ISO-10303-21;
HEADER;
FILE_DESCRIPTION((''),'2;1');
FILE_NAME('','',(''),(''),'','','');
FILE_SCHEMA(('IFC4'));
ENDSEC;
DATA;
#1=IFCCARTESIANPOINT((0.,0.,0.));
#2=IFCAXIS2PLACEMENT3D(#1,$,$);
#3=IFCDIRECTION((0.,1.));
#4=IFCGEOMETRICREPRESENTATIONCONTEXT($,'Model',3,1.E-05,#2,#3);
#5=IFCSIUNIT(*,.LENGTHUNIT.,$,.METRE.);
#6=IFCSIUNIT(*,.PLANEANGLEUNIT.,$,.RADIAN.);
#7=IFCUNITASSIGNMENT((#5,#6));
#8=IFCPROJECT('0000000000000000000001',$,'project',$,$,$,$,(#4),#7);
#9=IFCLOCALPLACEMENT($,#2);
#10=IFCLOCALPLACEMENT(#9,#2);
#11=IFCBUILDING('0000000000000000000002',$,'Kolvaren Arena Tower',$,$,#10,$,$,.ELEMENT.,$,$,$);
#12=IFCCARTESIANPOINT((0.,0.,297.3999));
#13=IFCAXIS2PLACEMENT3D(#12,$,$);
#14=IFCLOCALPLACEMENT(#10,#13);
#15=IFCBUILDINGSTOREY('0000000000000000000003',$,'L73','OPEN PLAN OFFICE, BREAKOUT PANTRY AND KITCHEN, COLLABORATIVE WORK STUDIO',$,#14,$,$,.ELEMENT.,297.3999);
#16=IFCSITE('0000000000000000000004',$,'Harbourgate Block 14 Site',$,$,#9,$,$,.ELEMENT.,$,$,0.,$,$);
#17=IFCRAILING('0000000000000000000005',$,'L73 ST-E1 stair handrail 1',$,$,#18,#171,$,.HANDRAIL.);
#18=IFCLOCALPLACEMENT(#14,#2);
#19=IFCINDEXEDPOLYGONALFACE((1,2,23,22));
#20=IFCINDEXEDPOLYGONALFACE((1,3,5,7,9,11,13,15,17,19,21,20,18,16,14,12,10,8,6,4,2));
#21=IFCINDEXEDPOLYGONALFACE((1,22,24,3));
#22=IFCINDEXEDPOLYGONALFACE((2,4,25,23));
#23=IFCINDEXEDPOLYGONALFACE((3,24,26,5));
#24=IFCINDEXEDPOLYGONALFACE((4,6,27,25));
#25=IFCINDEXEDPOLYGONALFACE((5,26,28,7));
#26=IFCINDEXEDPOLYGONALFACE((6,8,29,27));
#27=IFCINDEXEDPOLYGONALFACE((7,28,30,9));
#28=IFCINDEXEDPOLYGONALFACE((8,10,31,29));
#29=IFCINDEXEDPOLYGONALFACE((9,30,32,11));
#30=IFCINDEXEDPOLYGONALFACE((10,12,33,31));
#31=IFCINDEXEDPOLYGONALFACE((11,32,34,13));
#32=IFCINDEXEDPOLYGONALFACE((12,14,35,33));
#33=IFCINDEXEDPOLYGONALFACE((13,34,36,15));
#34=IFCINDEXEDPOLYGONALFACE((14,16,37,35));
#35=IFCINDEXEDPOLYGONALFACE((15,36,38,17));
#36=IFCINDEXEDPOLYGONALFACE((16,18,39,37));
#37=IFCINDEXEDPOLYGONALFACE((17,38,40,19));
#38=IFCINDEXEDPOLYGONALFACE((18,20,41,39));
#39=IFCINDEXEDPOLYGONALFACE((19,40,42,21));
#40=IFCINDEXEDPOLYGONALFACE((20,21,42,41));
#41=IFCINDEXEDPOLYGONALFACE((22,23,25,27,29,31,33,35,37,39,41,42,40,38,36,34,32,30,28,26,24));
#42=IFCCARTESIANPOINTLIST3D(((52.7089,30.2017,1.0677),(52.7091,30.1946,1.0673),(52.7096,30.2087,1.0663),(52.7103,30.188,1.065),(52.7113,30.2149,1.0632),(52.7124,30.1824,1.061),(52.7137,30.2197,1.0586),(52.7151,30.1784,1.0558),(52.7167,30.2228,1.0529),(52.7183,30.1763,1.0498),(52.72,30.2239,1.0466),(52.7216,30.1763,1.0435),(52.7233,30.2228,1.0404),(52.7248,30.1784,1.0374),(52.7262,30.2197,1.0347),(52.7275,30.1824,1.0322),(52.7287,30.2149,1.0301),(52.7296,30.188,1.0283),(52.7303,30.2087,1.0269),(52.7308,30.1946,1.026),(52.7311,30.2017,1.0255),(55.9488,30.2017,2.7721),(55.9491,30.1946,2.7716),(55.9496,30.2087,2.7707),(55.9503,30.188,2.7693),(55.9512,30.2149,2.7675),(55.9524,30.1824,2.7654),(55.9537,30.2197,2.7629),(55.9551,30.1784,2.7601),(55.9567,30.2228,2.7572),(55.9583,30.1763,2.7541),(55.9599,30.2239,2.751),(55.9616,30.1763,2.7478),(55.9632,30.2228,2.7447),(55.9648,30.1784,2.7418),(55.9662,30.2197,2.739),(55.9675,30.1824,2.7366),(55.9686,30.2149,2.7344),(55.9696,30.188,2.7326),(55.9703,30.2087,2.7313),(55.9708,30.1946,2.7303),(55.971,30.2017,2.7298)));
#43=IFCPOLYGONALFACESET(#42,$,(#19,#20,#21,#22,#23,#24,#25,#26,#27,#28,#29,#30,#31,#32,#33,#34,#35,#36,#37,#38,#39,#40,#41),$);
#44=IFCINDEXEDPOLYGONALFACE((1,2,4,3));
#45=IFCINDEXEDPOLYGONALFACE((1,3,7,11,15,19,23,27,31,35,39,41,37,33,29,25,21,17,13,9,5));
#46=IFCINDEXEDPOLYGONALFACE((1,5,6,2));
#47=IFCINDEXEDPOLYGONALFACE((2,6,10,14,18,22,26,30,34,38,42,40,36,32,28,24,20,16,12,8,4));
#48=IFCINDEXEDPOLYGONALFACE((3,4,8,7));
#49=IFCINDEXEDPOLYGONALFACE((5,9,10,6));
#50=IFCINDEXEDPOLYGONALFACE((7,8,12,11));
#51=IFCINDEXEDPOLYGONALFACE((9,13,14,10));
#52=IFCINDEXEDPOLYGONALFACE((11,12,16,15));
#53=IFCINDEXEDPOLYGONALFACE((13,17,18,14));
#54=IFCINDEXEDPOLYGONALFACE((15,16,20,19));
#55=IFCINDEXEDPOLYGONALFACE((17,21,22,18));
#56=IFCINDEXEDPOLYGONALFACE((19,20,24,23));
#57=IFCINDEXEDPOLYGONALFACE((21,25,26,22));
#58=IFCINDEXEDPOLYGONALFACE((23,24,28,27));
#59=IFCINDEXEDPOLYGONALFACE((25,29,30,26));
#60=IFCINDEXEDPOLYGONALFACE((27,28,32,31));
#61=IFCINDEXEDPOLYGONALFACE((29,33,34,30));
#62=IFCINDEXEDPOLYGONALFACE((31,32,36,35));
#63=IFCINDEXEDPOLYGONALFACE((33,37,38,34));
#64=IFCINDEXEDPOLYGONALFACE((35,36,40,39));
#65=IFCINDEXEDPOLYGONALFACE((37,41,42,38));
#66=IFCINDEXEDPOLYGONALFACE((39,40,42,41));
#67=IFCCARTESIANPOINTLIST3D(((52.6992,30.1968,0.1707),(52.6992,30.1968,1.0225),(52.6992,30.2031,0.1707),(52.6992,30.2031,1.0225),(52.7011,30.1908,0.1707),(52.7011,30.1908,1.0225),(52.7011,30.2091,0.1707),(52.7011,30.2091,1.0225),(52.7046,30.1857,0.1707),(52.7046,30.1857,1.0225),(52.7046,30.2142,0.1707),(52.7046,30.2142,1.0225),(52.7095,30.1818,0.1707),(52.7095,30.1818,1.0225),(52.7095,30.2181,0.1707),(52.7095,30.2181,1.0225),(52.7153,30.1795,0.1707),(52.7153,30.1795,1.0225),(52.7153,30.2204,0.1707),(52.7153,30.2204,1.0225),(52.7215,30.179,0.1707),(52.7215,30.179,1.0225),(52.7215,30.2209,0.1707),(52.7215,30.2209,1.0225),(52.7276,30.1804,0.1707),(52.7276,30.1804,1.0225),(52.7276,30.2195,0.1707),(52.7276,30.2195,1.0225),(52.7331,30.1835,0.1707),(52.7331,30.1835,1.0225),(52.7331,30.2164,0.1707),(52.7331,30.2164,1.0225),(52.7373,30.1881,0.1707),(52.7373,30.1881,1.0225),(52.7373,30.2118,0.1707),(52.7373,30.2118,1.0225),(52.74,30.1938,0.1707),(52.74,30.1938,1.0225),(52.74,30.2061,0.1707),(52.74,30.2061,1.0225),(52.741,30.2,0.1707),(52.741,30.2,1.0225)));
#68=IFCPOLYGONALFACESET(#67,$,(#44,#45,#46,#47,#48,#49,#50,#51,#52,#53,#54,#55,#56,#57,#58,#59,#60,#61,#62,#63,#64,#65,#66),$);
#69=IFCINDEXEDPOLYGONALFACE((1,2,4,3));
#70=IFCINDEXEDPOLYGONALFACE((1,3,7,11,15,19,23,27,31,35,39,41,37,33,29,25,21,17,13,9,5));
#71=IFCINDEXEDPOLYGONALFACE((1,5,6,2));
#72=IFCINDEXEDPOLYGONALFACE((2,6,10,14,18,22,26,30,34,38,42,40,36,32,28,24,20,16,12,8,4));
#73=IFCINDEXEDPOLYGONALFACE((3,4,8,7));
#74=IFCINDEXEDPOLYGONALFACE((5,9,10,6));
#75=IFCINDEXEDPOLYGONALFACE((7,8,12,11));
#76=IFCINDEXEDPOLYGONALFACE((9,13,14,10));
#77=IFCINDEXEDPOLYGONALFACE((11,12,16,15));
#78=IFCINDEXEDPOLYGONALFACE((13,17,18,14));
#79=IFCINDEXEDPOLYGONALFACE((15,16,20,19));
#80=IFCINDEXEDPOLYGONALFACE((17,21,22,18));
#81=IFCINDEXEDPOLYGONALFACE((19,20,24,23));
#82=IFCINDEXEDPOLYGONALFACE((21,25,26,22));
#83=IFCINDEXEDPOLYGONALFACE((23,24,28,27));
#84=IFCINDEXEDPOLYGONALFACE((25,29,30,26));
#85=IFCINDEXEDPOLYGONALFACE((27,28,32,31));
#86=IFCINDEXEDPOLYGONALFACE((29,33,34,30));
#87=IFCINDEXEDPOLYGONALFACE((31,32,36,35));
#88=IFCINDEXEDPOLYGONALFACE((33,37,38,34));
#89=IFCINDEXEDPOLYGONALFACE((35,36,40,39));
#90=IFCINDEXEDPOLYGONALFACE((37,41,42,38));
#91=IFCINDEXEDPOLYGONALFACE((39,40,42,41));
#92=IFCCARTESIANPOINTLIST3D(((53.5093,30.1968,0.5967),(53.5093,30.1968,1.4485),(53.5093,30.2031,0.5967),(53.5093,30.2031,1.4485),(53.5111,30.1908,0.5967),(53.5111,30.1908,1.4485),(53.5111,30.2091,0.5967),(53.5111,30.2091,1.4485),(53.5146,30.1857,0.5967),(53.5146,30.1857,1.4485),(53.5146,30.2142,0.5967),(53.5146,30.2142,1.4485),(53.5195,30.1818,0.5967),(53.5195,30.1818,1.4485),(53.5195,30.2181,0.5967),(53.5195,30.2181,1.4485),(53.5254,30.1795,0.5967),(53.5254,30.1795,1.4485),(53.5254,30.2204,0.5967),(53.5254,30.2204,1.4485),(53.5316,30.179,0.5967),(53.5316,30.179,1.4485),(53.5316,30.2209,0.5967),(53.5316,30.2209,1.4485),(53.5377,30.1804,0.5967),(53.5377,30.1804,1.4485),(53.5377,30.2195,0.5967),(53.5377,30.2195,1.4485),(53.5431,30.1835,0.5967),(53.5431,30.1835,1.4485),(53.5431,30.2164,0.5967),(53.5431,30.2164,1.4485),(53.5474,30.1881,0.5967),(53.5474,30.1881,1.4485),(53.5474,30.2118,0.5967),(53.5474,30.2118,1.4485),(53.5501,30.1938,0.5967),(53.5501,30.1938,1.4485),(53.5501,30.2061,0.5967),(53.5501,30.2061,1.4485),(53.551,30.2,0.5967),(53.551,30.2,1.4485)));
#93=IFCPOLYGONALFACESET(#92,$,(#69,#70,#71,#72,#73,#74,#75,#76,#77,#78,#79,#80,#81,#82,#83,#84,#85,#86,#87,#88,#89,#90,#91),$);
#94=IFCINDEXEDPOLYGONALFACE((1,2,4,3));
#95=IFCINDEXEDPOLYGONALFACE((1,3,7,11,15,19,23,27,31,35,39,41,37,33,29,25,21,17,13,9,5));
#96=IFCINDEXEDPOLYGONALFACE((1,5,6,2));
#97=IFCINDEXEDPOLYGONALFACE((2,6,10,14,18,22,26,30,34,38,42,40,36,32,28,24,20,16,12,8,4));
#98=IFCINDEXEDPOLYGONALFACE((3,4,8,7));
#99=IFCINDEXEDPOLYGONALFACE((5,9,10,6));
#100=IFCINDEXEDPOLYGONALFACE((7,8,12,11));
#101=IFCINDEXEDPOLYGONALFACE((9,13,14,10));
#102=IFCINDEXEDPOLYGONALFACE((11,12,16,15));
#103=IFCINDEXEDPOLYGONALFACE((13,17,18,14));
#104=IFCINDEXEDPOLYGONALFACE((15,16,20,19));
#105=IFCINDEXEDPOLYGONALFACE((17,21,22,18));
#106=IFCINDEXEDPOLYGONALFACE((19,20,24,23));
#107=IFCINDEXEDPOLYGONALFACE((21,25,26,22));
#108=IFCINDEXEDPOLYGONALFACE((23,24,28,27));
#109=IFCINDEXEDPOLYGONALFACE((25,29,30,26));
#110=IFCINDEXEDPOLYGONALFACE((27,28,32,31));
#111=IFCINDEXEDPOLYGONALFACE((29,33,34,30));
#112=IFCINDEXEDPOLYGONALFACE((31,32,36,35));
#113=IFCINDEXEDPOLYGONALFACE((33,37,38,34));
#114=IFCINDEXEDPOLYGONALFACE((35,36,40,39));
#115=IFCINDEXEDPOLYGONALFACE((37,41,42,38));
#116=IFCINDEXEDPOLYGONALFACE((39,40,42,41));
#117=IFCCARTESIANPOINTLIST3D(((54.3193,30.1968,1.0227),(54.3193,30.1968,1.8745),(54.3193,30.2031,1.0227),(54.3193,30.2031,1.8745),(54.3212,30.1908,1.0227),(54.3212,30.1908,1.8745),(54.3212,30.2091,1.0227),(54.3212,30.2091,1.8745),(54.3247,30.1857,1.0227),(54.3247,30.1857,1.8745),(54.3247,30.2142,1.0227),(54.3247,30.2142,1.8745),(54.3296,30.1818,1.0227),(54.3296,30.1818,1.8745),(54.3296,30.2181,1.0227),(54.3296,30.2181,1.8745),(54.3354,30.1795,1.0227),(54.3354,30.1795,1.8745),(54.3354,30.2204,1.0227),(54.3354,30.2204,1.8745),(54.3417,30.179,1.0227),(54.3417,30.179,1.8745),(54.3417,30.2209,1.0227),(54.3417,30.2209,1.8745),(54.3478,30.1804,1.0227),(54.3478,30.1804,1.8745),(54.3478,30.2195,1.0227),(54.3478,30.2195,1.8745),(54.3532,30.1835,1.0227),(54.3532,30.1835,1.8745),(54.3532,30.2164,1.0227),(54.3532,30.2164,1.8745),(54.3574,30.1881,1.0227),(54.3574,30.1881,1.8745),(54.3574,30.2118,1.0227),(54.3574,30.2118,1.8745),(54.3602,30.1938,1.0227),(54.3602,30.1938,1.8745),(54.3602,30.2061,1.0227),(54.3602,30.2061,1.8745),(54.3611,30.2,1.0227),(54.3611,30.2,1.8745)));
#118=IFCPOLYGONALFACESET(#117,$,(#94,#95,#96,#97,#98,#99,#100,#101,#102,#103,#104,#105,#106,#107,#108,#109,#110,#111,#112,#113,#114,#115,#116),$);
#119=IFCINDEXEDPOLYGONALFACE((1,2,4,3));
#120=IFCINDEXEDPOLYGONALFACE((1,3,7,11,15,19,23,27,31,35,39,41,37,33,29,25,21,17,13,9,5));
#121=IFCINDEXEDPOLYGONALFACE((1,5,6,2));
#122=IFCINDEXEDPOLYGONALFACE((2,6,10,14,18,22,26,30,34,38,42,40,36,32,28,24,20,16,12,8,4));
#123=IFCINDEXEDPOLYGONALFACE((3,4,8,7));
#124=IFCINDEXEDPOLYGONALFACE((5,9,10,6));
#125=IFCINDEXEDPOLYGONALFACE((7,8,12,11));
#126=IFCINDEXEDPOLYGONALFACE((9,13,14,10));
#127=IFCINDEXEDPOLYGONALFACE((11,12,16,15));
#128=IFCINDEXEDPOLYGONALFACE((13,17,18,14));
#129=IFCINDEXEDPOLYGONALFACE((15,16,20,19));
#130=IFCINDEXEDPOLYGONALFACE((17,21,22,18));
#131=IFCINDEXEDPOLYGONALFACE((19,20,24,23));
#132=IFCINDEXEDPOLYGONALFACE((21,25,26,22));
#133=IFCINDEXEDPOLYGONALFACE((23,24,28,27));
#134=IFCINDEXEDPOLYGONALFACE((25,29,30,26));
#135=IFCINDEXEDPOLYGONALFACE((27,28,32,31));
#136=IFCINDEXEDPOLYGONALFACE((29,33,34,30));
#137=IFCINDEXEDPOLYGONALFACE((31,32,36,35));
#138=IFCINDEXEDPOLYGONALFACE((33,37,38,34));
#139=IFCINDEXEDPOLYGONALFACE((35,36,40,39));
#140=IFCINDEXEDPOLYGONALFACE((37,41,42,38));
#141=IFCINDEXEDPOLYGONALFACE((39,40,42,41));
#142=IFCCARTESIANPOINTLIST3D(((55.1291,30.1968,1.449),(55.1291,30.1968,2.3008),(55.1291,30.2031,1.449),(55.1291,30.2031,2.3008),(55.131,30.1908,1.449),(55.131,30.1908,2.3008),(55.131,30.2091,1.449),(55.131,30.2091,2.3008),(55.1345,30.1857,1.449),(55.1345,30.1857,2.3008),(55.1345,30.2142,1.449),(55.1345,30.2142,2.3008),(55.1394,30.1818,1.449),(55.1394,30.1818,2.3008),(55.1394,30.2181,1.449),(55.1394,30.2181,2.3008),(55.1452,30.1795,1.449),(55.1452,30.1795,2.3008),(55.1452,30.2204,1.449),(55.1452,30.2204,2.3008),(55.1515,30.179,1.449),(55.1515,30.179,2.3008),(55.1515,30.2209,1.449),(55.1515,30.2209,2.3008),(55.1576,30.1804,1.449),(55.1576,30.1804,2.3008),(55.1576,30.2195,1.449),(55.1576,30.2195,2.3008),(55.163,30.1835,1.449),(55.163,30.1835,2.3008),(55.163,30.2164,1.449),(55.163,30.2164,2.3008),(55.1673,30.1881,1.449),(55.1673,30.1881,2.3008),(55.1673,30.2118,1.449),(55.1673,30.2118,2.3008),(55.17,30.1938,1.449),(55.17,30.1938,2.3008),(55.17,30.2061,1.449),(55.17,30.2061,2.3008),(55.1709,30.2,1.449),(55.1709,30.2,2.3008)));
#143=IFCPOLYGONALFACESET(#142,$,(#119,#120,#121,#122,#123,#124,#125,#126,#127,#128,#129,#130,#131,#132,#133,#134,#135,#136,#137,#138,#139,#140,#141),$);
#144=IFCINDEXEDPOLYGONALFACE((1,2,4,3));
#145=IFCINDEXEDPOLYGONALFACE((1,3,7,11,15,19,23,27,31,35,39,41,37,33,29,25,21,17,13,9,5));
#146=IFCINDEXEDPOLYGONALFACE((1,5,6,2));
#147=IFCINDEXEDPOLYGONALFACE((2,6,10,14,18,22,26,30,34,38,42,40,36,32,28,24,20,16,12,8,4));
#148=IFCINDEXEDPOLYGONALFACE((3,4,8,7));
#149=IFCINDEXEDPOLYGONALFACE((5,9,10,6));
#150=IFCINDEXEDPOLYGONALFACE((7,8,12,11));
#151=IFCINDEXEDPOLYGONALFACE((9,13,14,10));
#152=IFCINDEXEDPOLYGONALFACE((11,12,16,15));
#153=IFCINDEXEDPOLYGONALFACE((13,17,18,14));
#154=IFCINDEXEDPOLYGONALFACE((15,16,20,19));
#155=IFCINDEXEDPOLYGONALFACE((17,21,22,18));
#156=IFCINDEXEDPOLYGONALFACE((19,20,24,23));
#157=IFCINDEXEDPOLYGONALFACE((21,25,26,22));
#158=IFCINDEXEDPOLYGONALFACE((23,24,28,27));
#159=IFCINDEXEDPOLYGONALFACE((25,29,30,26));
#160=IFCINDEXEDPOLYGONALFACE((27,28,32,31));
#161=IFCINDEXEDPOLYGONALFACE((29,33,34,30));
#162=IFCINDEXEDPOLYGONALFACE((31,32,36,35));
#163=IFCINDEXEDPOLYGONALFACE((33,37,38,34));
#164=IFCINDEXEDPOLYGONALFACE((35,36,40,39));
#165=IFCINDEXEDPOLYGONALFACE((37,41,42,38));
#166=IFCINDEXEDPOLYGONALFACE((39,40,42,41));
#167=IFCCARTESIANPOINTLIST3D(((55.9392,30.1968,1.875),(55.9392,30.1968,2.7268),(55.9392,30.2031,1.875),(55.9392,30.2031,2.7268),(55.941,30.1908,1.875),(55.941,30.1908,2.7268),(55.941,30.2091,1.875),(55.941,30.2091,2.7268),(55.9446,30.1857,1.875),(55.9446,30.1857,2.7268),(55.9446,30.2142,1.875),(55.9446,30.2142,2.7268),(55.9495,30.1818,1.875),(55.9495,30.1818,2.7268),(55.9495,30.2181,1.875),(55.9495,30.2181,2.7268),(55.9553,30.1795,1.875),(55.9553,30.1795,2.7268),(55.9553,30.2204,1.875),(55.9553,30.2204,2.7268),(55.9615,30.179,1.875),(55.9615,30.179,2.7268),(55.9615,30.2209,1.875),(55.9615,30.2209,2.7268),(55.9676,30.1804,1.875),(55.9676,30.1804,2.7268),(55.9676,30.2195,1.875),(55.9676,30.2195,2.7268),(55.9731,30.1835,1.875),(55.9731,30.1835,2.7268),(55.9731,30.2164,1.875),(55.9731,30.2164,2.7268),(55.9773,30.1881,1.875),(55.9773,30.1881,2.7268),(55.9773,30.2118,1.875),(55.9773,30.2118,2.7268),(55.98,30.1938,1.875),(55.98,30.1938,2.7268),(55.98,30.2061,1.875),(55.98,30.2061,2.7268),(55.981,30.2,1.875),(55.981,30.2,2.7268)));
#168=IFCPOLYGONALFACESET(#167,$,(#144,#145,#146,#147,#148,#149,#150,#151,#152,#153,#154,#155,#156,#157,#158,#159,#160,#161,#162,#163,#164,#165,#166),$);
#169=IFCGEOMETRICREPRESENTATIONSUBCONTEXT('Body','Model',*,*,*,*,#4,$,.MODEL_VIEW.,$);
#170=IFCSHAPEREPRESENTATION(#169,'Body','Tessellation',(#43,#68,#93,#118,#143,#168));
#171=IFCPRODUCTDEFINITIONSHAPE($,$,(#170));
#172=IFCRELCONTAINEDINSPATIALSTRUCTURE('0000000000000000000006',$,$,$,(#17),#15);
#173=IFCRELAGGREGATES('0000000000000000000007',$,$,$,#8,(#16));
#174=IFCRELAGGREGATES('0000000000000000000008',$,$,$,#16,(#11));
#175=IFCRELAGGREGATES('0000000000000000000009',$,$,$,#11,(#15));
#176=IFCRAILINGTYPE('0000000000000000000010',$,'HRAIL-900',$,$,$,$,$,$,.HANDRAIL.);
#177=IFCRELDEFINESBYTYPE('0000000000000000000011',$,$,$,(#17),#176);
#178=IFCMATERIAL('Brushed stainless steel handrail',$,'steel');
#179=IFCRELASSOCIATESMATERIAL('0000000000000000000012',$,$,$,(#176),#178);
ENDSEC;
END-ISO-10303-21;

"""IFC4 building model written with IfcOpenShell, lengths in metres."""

from ifc_helpers import new_model, si_unit, direction, frame, origin, origin_2d, place, context, subcontext, project, spatial, circle, extrude, material, type_object, element, save


model = new_model("IFC4")

# Units and contexts
model_context = context("Model", 3, precision=1e-05, world=origin(), true_north=direction((0.0, 1.0)))
body_context = subcontext(model_context, "Body", "Model", "MODEL_VIEW")
ifc_project = project(units=[si_unit("LENGTHUNIT", "METRE"), si_unit("PLANEANGLEUNIT", "RADIAN")], contexts=[model_context])

# Site, building, storey
site_placement = place(None, origin())
site = spatial("IfcSite", under=ifc_project, at=site_placement, Name="Harbourgate Block 14 Site", CompositionType="ELEMENT", RefElevation=0.0)
building_placement = place(site_placement, origin())
building = spatial("IfcBuilding", under=site, at=building_placement, Name="Kolvaren Arena Tower", CompositionType="ELEMENT")
storey_placement = place(building_placement, frame((0.0, 0.0, 297.3999)))
storey = spatial("IfcBuildingStorey", under=building, at=storey_placement, Name="L73", Description="OPEN PLAN OFFICE, BREAKOUT PANTRY AND KITCHEN, COLLABORATIVE WORK STUDIO", CompositionType="ELEMENT", Elevation=297.3999)

# Railing
ifc_material_1 = material(Name="Brushed stainless steel handrail", Category="steel")
railing_type_1 = type_object("IfcRailingType", Name="HRAIL-900", PredefinedType="HANDRAIL", material=ifc_material_1)
railing_1_placement = place(storey_placement, frame((52.72, 30.2, 0.1707)))
element("IfcRailing", 1, at=railing_1_placement, inside=storey, type_object=railing_type_1, Name="L73 ST-E1 stair handrail 1", PredefinedType="HANDRAIL", context=body_context, shape_type="SweptSolid", body=[
    extrude(circle(Radius=0.0239, at=origin_2d()), frame((0.0, 0.0, 0.876), z_axis=(0.885021, 0.0, 0.465551), x_axis=(0.0, 1.0, 0.0)), (0.0, 0.0, 1.0), 3.6609),
    extrude(circle(Radius=0.021, at=origin_2d()), origin(), (0.0, 0.0, 1.0), 0.8518),
    extrude(circle(Radius=0.021, at=origin_2d()), frame((0.8101, 0.0, 0.426)), (0.0, 0.0, 1.0), 0.8518),
    extrude(circle(Radius=0.021, at=origin_2d()), frame((1.6201, 0.0, 0.8521)), (0.0, 0.0, 1.0), 0.8518),
    extrude(circle(Radius=0.021, at=origin_2d()), frame((2.4299, 0.0, 1.2783)), (0.0, 0.0, 1.0), 0.8518),
    extrude(circle(Radius=0.021, at=origin_2d()), frame((3.24, 0.0, 1.7043)), (0.0, 0.0, 1.0), 0.8518),
])

save(model, "model.ifc")
